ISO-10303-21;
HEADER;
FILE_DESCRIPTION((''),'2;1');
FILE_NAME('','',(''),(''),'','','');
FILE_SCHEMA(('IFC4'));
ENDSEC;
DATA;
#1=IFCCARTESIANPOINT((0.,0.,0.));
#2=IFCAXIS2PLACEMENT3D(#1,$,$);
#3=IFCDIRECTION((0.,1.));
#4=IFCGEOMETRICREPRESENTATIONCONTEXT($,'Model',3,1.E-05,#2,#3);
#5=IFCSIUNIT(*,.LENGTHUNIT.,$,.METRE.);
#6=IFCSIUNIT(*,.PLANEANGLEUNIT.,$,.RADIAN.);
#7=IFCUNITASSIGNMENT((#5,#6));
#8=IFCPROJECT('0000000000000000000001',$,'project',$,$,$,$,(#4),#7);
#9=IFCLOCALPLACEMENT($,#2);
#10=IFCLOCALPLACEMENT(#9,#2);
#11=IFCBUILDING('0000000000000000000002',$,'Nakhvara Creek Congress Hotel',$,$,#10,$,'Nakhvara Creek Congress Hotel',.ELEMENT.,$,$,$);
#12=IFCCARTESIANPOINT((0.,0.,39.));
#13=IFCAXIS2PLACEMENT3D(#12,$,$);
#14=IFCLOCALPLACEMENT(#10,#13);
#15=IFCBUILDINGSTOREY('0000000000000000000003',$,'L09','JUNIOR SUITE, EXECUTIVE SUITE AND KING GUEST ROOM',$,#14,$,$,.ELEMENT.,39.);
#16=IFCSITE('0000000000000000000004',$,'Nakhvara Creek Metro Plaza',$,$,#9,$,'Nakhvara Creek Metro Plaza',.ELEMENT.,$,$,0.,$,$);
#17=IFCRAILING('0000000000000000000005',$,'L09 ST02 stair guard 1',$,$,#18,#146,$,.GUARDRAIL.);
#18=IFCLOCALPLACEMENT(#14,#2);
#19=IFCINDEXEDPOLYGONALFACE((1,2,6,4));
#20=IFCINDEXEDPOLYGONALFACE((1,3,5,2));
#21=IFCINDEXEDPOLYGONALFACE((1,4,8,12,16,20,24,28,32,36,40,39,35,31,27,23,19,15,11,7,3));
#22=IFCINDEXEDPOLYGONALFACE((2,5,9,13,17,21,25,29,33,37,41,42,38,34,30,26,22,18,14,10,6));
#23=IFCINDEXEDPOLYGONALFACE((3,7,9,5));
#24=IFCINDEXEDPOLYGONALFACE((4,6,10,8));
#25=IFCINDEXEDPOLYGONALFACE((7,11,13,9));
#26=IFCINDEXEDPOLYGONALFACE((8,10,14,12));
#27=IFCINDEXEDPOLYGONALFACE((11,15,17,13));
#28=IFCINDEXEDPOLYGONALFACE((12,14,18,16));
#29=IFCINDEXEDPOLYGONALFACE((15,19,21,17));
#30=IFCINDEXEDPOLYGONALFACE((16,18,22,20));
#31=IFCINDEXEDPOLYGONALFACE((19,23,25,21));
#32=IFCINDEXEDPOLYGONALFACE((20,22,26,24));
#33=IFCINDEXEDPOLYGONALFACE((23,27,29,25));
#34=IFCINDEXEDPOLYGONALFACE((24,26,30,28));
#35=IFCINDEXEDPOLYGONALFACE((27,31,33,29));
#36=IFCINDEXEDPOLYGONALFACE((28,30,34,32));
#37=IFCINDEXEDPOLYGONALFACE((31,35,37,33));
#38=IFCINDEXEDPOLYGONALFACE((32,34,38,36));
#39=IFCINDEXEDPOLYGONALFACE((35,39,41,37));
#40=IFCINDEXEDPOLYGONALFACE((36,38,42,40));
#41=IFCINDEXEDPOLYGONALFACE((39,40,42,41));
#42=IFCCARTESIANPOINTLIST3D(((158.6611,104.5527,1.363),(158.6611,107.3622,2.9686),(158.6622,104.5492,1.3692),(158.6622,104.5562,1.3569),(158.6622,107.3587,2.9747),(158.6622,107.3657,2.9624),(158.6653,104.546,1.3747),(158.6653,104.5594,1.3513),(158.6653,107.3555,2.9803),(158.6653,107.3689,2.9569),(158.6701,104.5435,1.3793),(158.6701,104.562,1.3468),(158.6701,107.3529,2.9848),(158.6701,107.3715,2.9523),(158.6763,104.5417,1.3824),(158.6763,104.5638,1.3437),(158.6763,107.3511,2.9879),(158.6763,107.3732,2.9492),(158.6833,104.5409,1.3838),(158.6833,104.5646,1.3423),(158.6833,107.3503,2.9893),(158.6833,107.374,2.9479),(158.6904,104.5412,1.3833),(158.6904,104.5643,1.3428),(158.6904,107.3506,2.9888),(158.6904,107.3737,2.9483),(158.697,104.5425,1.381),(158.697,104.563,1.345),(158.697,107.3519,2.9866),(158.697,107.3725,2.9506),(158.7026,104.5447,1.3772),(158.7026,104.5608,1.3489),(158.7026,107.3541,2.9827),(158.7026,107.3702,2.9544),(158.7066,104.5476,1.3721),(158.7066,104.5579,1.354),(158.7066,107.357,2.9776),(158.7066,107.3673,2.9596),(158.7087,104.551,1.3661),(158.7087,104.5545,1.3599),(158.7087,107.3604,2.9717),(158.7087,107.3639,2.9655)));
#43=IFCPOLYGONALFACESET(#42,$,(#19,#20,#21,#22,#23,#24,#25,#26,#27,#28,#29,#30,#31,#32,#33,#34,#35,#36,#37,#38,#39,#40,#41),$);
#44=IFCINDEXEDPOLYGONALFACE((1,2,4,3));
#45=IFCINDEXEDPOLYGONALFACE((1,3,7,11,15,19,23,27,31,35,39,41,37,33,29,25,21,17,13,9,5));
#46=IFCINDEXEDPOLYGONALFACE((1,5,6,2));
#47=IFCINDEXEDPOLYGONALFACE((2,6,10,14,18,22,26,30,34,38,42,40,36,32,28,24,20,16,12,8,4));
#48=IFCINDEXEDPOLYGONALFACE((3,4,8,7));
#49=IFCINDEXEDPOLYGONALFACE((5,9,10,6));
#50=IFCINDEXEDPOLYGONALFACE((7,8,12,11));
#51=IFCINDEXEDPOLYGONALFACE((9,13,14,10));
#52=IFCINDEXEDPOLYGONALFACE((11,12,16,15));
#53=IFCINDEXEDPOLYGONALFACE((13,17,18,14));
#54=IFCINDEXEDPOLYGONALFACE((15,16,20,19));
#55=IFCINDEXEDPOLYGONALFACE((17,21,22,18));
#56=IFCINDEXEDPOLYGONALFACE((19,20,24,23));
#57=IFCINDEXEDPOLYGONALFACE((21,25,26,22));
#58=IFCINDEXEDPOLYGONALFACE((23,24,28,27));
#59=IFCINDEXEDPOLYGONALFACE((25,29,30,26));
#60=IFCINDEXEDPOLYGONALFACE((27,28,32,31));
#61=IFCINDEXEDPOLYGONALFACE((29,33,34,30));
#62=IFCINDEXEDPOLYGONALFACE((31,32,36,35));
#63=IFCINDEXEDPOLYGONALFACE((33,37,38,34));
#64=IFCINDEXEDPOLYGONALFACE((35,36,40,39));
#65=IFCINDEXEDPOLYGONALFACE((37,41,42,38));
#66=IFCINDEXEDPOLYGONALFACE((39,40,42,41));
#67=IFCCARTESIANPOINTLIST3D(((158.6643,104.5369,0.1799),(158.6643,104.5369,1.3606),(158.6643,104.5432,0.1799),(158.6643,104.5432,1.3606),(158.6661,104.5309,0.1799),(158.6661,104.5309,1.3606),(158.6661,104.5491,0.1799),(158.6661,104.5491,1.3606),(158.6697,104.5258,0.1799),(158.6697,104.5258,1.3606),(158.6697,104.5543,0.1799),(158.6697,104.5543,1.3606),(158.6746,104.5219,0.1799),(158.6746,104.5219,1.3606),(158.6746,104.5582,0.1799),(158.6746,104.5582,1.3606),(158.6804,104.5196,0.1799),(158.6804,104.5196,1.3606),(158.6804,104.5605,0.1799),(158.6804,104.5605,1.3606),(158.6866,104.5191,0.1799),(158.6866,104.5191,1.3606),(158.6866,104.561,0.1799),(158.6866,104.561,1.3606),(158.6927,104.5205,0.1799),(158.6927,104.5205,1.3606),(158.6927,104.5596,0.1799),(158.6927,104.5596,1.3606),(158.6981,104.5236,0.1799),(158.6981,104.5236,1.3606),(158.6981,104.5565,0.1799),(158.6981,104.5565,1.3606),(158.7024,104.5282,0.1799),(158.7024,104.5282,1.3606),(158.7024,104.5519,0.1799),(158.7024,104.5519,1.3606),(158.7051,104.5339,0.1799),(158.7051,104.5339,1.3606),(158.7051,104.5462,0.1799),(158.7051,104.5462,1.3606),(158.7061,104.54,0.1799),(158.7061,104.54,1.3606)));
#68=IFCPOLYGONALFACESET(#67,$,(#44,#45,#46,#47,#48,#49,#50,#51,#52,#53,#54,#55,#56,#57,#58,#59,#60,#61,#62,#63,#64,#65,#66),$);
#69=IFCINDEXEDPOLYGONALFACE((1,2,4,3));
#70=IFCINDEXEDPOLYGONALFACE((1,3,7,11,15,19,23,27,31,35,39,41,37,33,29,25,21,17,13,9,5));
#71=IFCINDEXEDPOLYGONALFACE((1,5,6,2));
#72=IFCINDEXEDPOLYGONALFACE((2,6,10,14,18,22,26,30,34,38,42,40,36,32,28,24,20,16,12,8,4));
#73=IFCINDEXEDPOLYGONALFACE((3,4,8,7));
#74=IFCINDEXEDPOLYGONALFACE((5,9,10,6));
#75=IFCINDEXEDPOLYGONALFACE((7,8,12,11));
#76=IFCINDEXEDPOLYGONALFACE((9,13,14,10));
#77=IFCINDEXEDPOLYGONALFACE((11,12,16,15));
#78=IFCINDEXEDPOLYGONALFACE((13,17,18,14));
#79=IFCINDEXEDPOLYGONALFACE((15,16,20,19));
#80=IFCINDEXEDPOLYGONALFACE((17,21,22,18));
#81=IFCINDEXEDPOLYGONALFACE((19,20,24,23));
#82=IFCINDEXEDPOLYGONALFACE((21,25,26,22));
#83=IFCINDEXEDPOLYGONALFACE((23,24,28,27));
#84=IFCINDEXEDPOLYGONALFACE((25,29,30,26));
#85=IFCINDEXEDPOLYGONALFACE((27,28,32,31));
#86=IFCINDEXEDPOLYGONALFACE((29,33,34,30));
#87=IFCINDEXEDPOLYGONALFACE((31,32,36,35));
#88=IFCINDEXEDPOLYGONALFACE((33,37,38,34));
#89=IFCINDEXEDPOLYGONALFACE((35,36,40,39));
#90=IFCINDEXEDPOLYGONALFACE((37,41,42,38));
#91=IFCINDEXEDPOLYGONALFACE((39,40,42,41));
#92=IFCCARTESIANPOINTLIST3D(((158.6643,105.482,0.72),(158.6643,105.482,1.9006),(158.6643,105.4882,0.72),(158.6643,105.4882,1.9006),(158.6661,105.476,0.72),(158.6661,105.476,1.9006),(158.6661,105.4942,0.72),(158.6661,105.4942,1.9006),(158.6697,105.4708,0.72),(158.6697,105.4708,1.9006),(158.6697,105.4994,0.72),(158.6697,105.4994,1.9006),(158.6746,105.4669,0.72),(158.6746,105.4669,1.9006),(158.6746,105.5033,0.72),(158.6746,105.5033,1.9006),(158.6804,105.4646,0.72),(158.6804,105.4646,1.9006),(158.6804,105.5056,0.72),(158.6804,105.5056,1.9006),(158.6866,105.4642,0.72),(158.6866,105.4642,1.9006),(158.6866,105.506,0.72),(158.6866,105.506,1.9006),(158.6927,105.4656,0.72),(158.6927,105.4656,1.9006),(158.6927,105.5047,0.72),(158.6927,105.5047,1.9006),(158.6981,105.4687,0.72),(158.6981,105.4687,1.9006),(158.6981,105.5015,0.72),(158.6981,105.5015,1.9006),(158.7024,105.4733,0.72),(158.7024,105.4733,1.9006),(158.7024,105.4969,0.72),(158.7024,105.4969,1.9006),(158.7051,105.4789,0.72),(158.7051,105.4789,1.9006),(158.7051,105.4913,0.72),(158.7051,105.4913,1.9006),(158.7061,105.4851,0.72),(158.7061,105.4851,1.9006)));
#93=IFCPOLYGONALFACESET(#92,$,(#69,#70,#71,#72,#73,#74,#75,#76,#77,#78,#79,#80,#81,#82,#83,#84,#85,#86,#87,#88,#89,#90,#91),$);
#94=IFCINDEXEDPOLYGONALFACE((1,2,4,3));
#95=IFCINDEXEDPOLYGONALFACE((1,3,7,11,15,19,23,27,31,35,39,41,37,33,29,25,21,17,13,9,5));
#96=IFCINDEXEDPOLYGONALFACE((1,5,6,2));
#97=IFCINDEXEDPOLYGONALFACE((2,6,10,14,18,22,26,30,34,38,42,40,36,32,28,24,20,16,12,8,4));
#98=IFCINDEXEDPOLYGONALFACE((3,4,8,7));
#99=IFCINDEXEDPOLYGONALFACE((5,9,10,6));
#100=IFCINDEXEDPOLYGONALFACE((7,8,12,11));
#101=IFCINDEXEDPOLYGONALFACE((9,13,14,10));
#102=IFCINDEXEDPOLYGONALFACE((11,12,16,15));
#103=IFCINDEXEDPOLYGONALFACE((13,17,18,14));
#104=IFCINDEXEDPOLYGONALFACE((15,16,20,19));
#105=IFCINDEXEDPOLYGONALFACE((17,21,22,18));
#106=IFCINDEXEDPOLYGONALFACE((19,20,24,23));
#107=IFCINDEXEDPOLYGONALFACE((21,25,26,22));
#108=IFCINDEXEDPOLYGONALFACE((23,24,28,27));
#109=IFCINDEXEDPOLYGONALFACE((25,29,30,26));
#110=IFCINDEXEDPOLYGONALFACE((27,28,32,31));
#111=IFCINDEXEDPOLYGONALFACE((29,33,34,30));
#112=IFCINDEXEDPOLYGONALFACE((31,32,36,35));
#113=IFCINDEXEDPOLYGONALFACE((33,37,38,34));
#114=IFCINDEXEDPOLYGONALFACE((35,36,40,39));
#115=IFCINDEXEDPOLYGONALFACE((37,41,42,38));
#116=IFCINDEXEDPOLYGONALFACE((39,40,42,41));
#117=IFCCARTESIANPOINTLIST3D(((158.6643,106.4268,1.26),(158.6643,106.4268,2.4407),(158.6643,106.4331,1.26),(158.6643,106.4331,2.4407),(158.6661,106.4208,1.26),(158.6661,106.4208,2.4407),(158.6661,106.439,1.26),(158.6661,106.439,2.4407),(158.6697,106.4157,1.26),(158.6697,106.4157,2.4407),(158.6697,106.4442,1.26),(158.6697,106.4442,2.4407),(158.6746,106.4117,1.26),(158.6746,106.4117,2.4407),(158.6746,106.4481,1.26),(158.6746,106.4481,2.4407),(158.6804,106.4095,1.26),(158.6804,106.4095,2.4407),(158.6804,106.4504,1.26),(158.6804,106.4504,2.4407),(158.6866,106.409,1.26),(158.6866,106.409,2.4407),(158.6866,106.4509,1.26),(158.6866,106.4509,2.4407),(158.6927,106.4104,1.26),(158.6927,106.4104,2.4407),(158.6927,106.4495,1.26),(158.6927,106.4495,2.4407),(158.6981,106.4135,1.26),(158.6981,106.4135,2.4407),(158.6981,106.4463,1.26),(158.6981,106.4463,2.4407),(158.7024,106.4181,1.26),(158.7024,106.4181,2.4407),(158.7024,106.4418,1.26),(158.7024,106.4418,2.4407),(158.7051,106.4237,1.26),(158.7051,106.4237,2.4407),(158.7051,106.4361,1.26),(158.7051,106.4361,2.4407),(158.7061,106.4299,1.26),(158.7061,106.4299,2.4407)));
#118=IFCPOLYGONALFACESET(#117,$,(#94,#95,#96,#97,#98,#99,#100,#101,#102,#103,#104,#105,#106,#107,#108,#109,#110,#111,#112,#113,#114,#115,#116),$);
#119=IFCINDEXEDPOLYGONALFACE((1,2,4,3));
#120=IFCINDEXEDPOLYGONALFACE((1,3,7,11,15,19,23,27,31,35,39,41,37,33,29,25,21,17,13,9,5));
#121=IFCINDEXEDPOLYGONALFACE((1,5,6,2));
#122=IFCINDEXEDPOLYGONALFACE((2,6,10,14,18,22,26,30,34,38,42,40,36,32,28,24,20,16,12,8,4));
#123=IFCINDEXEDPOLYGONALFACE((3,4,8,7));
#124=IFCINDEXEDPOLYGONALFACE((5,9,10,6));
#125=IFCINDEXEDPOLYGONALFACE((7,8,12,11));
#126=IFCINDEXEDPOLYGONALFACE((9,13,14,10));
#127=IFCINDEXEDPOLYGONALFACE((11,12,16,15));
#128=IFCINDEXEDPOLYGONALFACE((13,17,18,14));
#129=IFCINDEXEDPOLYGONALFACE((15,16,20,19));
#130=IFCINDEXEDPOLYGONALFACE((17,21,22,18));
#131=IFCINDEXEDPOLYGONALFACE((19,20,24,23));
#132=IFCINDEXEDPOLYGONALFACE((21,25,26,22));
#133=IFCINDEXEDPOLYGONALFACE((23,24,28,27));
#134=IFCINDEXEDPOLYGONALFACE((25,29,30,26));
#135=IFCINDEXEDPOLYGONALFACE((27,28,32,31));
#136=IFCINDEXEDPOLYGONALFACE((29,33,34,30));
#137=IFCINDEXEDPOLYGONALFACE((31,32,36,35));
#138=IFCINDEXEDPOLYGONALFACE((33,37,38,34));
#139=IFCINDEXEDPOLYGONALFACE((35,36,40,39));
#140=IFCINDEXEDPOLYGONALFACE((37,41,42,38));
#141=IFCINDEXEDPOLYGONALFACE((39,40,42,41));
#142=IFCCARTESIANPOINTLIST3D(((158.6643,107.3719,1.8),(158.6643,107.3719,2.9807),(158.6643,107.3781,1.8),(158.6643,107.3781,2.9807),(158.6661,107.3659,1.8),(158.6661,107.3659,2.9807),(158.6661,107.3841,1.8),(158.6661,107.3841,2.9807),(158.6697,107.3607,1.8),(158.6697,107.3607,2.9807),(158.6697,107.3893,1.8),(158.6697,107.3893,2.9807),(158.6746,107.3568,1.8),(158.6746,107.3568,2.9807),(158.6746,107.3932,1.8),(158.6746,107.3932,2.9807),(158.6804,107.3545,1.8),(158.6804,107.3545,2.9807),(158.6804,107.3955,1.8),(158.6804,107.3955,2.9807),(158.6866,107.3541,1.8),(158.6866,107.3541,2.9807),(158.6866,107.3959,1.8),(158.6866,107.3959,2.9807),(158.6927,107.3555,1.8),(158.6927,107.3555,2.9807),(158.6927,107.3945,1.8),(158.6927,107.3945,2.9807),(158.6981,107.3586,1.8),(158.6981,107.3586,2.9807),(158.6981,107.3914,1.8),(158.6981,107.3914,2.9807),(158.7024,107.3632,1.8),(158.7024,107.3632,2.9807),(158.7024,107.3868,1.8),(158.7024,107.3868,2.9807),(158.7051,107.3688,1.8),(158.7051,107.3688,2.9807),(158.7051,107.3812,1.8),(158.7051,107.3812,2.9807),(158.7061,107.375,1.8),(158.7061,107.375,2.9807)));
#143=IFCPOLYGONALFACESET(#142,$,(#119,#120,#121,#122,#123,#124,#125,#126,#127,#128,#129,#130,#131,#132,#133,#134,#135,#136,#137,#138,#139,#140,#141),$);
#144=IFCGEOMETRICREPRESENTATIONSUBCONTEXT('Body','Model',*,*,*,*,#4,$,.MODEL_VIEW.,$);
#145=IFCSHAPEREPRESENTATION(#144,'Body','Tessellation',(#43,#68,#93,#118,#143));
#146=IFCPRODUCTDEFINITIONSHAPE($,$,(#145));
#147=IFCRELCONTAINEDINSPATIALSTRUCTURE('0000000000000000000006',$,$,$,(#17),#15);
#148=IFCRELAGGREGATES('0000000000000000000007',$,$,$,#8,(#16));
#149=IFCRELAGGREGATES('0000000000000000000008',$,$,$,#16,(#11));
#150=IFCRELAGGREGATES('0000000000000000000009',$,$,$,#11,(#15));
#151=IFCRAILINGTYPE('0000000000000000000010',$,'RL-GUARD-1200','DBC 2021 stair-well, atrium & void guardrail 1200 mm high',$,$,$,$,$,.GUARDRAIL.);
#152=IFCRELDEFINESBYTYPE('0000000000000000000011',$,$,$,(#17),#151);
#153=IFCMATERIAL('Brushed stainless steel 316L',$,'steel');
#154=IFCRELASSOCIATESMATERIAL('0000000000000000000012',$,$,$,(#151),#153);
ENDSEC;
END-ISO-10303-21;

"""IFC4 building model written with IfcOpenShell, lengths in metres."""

from ifc_helpers import new_model, si_unit, direction, frame, origin, origin_2d, place, context, subcontext, project, spatial, circle, extrude, material, type_object, element, save


model = new_model("IFC4")

# Units and contexts
model_context = context("Model", 3, precision=1e-05, world=origin(), true_north=direction((0.0, 1.0)))
body_context = subcontext(model_context, "Body", "Model", "MODEL_VIEW")
ifc_project = project(units=[si_unit("LENGTHUNIT", "METRE"), si_unit("PLANEANGLEUNIT", "RADIAN")], contexts=[model_context])

# Site, building, storey
site_placement = place(None, origin())
site = spatial("IfcSite", under=ifc_project, at=site_placement, Name="Nakhvara Creek Metro Plaza", LongName="Nakhvara Creek Metro Plaza", CompositionType="ELEMENT", RefElevation=0.0)
building_placement = place(site_placement, origin())
building = spatial("IfcBuilding", under=site, at=building_placement, Name="Nakhvara Creek Congress Hotel", LongName="Nakhvara Creek Congress Hotel", CompositionType="ELEMENT")
storey_placement = place(building_placement, frame((0.0, 0.0, 39.0)))
storey = spatial("IfcBuildingStorey", under=building, at=storey_placement, Name="L09", Description="JUNIOR SUITE, EXECUTIVE SUITE AND KING GUEST ROOM", CompositionType="ELEMENT", Elevation=39.0)

# Railing
ifc_material_1 = material(Name="Brushed stainless steel 316L", Category="steel")
railing_type_1 = type_object("IfcRailingType", Name="RL-GUARD-1200", Description="DBC 2021 stair-well, atrium & void guardrail 1200 mm high", PredefinedType="GUARDRAIL", material=ifc_material_1)
railing_1_placement = place(storey_placement, frame((158.6851, 104.54, 0.1799)))
element("IfcRailing", 1, at=railing_1_placement, inside=storey, type_object=railing_type_1, Name="L09 ST02 stair guard 1", PredefinedType="GUARDRAIL", context=body_context, shape_type="SweptSolid", body=[
    extrude(circle(Radius=0.0239, at=origin_2d()), frame((0.0, 0.0127, 1.1831), z_axis=(0.0, 0.868225, 0.496171), x_axis=(-1.0, 0.0, 0.0)), (0.0, 0.0, 1.0), 3.2358),
    extrude(circle(Radius=0.021, at=origin_2d()), origin(), (0.0, 0.0, 1.0), 1.1807),
    extrude(circle(Radius=0.021, at=origin_2d()), frame((0.0, 0.9451, 0.54)), (0.0, 0.0, 1.0), 1.1807),
    extrude(circle(Radius=0.021, at=origin_2d()), frame((0.0, 1.8899, 1.0801)), (0.0, 0.0, 1.0), 1.1807),
    extrude(circle(Radius=0.021, at=origin_2d()), frame((0.0, 2.835, 1.6201)), (0.0, 0.0, 1.0), 1.1807),
])

save(model, "model.ifc")
